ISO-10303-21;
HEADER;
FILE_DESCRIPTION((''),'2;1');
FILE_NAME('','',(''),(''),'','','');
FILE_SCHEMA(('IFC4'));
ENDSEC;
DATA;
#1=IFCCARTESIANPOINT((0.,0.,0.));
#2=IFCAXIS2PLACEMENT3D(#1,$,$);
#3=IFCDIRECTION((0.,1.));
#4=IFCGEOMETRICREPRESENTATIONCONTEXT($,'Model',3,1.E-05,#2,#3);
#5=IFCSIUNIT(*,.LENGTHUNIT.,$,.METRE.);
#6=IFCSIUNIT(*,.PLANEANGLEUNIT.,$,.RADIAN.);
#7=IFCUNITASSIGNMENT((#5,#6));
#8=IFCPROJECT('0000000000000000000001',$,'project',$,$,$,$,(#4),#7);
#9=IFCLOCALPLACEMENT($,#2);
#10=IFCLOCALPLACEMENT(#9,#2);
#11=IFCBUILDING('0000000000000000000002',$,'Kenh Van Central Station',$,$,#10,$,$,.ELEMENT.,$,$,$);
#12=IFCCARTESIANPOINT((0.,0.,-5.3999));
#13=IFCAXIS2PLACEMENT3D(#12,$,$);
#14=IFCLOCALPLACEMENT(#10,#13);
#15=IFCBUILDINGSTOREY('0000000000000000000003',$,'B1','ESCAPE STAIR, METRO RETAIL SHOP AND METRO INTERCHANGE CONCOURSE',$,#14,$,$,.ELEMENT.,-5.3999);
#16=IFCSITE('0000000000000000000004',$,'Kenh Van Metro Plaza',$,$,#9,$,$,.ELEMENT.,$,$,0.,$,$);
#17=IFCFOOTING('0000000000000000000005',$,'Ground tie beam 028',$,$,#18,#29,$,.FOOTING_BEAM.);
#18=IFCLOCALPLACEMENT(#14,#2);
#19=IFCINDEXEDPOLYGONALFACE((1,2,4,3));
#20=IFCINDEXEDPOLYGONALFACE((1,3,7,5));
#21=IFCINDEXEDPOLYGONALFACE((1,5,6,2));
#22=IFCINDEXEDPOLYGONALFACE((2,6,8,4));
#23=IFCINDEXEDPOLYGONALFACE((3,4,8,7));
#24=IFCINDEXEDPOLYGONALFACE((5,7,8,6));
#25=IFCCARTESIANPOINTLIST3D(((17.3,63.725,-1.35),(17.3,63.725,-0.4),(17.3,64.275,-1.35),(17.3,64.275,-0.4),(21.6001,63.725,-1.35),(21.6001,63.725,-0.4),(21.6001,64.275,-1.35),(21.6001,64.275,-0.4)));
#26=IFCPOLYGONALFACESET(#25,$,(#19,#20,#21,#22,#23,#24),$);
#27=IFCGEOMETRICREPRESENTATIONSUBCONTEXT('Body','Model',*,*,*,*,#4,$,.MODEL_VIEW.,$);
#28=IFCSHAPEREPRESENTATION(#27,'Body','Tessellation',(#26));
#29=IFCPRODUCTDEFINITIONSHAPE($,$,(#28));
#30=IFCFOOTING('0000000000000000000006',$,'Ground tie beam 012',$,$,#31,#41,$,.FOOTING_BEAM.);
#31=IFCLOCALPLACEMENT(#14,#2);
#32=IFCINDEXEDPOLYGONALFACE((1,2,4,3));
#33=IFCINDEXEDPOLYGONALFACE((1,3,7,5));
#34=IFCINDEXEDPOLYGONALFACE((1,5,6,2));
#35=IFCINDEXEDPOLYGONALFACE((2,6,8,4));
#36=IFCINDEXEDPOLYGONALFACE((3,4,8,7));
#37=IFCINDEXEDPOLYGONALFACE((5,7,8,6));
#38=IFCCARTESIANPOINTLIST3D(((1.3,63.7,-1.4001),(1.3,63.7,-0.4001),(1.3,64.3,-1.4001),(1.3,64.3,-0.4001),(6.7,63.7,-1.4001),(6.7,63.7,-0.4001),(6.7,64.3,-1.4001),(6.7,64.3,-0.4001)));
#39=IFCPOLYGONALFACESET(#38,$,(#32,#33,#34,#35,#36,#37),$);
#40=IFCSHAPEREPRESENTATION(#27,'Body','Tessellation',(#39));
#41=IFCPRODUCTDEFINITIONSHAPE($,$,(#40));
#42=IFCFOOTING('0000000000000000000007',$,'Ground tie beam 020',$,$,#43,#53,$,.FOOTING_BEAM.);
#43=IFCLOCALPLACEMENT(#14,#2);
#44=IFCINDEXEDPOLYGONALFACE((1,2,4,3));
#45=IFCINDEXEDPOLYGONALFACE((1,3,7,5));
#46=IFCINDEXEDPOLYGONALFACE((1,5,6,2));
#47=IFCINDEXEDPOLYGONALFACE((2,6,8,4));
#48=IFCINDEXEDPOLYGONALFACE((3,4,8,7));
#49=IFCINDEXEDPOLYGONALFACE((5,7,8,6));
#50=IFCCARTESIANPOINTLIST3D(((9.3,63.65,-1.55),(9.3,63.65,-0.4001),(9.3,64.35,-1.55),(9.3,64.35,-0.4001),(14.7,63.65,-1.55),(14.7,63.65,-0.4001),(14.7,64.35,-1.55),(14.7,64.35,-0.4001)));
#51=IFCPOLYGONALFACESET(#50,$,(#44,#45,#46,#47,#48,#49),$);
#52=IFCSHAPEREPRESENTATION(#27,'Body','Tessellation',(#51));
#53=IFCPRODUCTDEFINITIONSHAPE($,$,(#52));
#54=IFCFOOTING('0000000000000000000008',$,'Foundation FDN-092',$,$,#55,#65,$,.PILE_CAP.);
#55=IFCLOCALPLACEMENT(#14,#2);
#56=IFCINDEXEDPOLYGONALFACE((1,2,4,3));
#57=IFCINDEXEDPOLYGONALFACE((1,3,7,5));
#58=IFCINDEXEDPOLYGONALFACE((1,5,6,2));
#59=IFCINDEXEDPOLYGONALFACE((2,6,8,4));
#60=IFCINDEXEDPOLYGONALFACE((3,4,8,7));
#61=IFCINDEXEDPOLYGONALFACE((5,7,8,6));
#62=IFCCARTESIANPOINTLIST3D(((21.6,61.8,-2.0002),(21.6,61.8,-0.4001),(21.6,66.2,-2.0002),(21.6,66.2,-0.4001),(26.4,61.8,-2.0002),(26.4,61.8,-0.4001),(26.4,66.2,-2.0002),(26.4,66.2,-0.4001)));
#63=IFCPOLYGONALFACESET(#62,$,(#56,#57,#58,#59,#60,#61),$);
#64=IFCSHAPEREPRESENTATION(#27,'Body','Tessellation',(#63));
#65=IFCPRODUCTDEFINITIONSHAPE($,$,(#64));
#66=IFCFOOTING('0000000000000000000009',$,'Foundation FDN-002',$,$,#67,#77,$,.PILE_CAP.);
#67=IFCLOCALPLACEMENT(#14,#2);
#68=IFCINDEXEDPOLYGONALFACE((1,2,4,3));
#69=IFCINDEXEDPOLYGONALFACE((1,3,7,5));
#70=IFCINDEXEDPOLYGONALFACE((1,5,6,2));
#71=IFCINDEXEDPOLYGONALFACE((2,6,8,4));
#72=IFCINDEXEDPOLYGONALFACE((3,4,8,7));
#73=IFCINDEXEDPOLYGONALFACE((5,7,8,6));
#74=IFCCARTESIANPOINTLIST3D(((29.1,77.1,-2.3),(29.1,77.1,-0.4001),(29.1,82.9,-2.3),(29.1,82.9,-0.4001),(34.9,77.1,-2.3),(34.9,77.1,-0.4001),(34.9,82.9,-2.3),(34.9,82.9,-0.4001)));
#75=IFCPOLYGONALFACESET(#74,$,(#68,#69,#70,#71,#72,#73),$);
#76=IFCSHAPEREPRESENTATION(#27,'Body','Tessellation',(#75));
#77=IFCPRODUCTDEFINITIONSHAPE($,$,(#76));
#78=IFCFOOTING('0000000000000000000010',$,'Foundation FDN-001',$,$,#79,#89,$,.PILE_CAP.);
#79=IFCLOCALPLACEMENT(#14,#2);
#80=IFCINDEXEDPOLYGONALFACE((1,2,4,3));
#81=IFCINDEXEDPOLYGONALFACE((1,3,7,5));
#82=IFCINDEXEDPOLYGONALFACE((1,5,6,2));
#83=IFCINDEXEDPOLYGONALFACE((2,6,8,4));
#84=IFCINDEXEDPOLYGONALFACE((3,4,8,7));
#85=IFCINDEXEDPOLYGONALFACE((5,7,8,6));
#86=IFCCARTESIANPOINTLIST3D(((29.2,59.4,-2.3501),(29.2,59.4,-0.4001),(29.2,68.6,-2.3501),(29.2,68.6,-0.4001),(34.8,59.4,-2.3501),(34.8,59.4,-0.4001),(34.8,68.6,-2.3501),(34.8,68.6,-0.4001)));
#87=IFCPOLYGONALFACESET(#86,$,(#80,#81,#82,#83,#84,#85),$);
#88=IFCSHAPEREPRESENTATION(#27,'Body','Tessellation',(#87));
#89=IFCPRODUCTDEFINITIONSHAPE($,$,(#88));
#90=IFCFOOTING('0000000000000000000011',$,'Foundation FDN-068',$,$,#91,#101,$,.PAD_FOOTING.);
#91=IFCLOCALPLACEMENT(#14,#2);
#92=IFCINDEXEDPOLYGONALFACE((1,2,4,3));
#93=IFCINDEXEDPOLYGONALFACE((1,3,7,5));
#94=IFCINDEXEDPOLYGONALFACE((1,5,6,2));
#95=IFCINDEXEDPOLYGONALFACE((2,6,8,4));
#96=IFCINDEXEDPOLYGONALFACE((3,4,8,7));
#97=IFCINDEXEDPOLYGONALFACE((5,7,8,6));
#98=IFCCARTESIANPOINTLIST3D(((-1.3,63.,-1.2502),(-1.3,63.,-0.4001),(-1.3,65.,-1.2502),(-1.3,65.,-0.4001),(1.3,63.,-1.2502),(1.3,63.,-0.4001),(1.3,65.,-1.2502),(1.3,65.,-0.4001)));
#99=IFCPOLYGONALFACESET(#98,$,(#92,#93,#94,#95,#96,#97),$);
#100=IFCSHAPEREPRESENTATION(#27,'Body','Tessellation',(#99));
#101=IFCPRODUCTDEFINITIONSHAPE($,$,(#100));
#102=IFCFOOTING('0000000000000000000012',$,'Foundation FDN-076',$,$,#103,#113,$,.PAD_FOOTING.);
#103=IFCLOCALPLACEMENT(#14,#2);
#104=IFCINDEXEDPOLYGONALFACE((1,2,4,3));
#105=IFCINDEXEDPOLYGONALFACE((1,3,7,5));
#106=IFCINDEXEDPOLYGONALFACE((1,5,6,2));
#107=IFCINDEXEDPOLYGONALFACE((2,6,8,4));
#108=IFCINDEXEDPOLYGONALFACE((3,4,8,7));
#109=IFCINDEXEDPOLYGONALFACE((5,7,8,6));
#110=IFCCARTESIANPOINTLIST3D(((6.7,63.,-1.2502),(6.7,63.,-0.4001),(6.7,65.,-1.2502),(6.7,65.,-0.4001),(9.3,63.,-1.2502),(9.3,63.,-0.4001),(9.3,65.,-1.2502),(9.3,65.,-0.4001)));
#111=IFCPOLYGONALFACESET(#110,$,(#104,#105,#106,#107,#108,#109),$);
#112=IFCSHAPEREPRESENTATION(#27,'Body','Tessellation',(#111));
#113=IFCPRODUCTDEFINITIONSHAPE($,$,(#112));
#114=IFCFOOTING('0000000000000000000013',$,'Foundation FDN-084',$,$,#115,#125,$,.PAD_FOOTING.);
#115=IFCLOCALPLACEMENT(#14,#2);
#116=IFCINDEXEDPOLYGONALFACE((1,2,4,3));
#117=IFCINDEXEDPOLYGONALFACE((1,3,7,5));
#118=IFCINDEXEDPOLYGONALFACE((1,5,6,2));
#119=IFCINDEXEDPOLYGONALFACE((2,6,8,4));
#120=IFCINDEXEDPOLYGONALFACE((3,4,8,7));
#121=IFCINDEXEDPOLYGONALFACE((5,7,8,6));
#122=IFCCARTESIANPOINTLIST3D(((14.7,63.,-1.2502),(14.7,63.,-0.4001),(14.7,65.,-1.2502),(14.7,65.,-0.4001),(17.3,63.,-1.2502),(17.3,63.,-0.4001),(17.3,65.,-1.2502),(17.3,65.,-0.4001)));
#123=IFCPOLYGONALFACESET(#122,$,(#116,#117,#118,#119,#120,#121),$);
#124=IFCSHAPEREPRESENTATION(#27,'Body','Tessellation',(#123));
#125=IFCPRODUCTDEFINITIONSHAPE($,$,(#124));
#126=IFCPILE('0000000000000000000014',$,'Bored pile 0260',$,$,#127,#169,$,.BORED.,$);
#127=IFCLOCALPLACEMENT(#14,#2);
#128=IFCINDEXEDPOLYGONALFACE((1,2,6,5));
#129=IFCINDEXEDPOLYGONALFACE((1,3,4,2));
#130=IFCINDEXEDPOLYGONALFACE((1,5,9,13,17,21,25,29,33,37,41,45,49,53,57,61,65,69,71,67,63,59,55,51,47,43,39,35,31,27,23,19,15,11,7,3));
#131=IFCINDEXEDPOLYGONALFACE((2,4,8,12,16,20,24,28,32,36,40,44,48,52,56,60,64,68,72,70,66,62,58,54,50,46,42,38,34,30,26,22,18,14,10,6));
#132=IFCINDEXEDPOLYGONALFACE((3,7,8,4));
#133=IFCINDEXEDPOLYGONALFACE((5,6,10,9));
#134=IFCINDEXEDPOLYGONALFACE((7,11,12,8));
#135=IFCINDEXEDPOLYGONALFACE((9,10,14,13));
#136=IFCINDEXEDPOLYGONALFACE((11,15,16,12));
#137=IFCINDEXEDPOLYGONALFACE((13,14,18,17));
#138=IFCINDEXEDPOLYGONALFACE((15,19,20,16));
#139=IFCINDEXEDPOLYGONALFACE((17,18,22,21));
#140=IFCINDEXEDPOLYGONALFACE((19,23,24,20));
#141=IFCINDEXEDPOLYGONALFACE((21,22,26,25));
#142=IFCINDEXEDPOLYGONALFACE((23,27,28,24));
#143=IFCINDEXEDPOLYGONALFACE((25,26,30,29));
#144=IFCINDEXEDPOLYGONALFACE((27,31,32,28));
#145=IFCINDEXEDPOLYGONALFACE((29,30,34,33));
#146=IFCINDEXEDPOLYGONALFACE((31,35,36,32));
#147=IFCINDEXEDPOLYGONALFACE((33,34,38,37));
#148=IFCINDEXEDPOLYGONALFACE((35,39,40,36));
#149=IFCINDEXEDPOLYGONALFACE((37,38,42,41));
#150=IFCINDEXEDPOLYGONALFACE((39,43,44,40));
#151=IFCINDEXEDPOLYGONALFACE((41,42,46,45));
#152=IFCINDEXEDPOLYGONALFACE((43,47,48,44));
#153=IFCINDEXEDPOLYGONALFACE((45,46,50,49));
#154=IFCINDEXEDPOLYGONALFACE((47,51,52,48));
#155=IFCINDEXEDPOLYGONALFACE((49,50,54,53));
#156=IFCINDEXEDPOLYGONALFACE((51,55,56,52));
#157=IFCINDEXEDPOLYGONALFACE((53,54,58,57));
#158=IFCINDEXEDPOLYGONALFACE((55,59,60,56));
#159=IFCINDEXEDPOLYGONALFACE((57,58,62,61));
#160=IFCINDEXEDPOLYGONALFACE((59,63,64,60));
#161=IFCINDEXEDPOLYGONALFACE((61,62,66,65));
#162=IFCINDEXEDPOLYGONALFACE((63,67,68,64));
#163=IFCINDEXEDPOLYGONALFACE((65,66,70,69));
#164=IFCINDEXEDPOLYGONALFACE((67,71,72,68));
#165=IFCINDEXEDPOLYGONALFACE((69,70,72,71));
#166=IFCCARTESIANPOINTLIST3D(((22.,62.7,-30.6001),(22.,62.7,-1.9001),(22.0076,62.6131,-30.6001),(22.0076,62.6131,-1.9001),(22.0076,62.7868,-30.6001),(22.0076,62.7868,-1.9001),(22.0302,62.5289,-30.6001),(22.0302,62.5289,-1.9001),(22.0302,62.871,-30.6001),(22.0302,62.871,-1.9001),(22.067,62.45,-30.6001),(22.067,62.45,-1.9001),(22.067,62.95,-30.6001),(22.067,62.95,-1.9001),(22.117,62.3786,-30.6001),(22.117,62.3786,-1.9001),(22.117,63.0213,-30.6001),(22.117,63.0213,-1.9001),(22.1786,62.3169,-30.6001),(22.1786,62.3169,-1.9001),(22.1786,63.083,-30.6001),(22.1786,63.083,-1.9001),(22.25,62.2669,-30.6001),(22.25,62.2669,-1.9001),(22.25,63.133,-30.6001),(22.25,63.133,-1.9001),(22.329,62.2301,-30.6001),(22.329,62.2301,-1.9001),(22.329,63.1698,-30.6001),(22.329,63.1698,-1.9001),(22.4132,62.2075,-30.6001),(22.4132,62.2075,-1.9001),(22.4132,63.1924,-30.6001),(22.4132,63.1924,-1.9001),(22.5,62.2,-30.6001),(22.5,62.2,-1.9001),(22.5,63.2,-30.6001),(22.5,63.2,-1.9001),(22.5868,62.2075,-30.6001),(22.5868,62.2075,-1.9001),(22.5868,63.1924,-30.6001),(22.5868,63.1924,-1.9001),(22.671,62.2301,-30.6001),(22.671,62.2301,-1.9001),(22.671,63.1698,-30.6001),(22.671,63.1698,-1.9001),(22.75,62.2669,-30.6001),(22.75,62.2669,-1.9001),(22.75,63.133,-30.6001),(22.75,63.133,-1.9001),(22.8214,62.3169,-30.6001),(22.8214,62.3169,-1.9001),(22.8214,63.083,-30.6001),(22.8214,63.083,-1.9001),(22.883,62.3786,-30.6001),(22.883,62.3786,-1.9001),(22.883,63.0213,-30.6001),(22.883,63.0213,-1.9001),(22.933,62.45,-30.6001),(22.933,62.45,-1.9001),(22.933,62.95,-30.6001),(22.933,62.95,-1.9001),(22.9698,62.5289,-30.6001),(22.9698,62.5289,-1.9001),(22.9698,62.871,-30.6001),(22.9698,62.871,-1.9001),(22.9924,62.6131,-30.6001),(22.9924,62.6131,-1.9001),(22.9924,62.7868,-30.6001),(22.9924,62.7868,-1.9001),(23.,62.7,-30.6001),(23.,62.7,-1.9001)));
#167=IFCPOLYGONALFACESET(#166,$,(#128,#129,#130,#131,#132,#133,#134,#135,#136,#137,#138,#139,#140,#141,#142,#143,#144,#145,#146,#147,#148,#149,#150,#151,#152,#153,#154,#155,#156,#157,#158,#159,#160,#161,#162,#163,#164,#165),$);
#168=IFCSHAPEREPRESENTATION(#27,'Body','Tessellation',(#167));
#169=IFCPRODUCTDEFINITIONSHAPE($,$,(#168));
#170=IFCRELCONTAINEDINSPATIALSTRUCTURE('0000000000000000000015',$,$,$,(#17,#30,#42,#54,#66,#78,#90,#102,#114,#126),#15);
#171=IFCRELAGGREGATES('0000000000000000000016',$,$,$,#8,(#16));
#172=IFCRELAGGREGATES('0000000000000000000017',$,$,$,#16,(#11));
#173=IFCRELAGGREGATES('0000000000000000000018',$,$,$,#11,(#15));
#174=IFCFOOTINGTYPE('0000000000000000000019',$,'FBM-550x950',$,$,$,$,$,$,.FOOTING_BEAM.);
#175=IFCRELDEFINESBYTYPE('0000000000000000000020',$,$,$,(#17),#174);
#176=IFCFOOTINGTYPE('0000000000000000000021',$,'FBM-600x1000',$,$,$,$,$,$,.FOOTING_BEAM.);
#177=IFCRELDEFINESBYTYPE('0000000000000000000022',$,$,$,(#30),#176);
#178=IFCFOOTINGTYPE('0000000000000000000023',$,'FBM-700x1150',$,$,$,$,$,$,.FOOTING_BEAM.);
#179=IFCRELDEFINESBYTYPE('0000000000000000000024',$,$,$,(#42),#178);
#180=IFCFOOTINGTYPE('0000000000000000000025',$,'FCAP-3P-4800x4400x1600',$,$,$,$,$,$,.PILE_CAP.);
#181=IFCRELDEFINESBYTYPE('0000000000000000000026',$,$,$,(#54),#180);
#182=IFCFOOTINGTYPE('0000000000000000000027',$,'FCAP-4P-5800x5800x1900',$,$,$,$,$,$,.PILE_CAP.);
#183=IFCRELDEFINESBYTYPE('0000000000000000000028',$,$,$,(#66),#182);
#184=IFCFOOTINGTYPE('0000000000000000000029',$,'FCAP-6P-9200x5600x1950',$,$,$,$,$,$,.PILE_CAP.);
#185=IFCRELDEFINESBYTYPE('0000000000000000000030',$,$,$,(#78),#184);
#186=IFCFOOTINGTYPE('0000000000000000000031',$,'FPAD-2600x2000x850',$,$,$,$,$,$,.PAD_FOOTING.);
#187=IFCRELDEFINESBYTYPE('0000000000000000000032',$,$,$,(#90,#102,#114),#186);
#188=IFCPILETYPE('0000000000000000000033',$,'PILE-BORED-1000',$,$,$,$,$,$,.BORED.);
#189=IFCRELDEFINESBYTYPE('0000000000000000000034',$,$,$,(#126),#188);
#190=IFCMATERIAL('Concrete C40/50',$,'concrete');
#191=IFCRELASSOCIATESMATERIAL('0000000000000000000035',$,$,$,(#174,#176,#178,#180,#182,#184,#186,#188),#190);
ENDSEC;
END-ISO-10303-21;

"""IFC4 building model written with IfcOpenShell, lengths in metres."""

from ifc_helpers import new_model, si_unit, direction, frame, origin, origin_2d, place, context, subcontext, project, spatial, rectangle, circle, extrude, material, material_profile, profile_set, type_object, element, save


model = new_model("IFC4")

# Units and contexts
model_context = context("Model", 3, precision=1e-05, world=origin(), true_north=direction((0.0, 1.0)))
body_context = subcontext(model_context, "Body", "Model", "MODEL_VIEW")
ifc_project = project(units=[si_unit("LENGTHUNIT", "METRE"), si_unit("PLANEANGLEUNIT", "RADIAN")], contexts=[model_context])

# Site, building, storey
site_placement = place(None, origin())
site = spatial("IfcSite", under=ifc_project, at=site_placement, Name="Kenh Van Metro Plaza", CompositionType="ELEMENT", RefElevation=0.0)
building_placement = place(site_placement, origin())
building = spatial("IfcBuilding", under=site, at=building_placement, Name="Kenh Van Central Station", CompositionType="ELEMENT")
storey_placement = place(building_placement, frame((0.0, 0.0, -5.3999)))
storey = spatial("IfcBuildingStorey", under=building, at=storey_placement, Name="B1", Description="ESCAPE STAIR, METRO RETAIL SHOP AND METRO INTERCHANGE CONCOURSE", CompositionType="ELEMENT", Elevation=-5.3999)

# Footings
ifc_material_1 = material(Name="Concrete C40/50", Category="concrete")
ifc_material_profile_1 = material_profile(ifc_material_1, rectangle(XDim=0.55, YDim=0.95, at=origin_2d()), Name="RC 550x950")
ifc_profile_set_1 = profile_set([ifc_material_profile_1], Name="Concrete C40/50")
footing_type_1 = type_object("IfcFootingType", Name="FBM-550x950", PredefinedType="FOOTING_BEAM", material=ifc_profile_set_1)
footing_1_placement = place(storey_placement, frame((17.3, 64.0, -0.875), z_axis=(1.0, 0.0, 0.0), x_axis=(0.0, 1.0, 0.0)))
element("IfcFooting", 1, at=footing_1_placement, inside=storey, type_object=footing_type_1, Name="Ground tie beam 028", PredefinedType="FOOTING_BEAM", context=body_context, shape_type="SweptSolid", body=[
    extrude(rectangle(XDim=0.55, YDim=0.95, at=origin_2d()), origin(), (0.0, 0.0, 1.0), 4.3),
])
ifc_material_profile_2 = material_profile(ifc_material_1, rectangle(XDim=0.6001, YDim=1.0, at=origin_2d()), Name="RC 600x1000")
ifc_profile_set_2 = profile_set([ifc_material_profile_2], Name="Concrete C40/50")
footing_type_2 = type_object("IfcFootingType", Name="FBM-600x1000", PredefinedType="FOOTING_BEAM", material=ifc_profile_set_2)
footing_2_placement = place(storey_placement, frame((1.3, 64.0, -0.9001), z_axis=(1.0, 0.0, 0.0), x_axis=(0.0, 1.0, 0.0)))
element("IfcFooting", 2, at=footing_2_placement, inside=storey, type_object=footing_type_2, Name="Ground tie beam 012", PredefinedType="FOOTING_BEAM", context=body_context, shape_type="SweptSolid", body=[
    extrude(rectangle(XDim=0.6001, YDim=1.0, at=origin_2d()), origin(), (0.0, 0.0, 1.0), 5.3999),
])
ifc_material_profile_3 = material_profile(ifc_material_1, rectangle(XDim=0.7, YDim=1.1499, at=origin_2d()), Name="RC 700x1150")
ifc_profile_set_3 = profile_set([ifc_material_profile_3], Name="Concrete C40/50")
footing_type_3 = type_object("IfcFootingType", Name="FBM-700x1150", PredefinedType="FOOTING_BEAM", material=ifc_profile_set_3)
footing_3_placement = place(storey_placement, frame((9.3, 64.0, -0.9751), z_axis=(1.0, 0.0, 0.0), x_axis=(0.0, 1.0, 0.0)))
element("IfcFooting", 3, at=footing_3_placement, inside=storey, type_object=footing_type_3, Name="Ground tie beam 020", PredefinedType="FOOTING_BEAM", context=body_context, shape_type="SweptSolid", body=[
    extrude(rectangle(XDim=0.7, YDim=1.1499, at=origin_2d()), origin(), (0.0, 0.0, 1.0), 5.3999),
])
footing_type_4 = type_object("IfcFootingType", Name="FCAP-3P-4800x4400x1600", PredefinedType="PILE_CAP", material=ifc_material_1)
footing_4_placement = place(storey_placement, frame((24.0, 64.0, -2.0002), z_axis=(0.0, 0.0, 1.0), x_axis=(1.0, 0.0, 0.0)))
element("IfcFooting", 4, at=footing_4_placement, inside=storey, type_object=footing_type_4, Name="Foundation FDN-092", PredefinedType="PILE_CAP", context=body_context, shape_type="SweptSolid", body=[
    extrude(rectangle(XDim=4.8, YDim=4.3999, at=origin_2d()), origin(), (0.0, 0.0, 1.0), 1.6001),
])
footing_type_5 = type_object("IfcFootingType", Name="FCAP-4P-5800x5800x1900", PredefinedType="PILE_CAP", material=ifc_material_1)
footing_5_placement = place(storey_placement, frame((32.0, 80.0, -2.3), z_axis=(0.0, 0.0, 1.0), x_axis=(1.0, 0.0, 0.0)))
element("IfcFooting", 5, at=footing_5_placement, inside=storey, type_object=footing_type_5, Name="Foundation FDN-002", PredefinedType="PILE_CAP", context=body_context, shape_type="SweptSolid", body=[
    extrude(rectangle(XDim=5.8, YDim=5.8, at=origin_2d()), origin(), (0.0, 0.0, 1.0), 1.8999),
])
footing_type_6 = type_object("IfcFootingType", Name="FCAP-6P-9200x5600x1950", PredefinedType="PILE_CAP", material=ifc_material_1)
footing_6_placement = place(storey_placement, frame((32.0, 64.0, -2.3501), z_axis=(0.0, 0.0, 1.0), x_axis=(0.0, 1.0, 0.0)))
element("IfcFooting", 6, at=footing_6_placement, inside=storey, type_object=footing_type_6, Name="Foundation FDN-001", PredefinedType="PILE_CAP", context=body_context, shape_type="SweptSolid", body=[
    extrude(rectangle(XDim=9.2, YDim=5.6001, at=origin_2d()), origin(), (0.0, 0.0, 1.0), 1.95),
])
footing_type_7 = type_object("IfcFootingType", Name="FPAD-2600x2000x850", PredefinedType="PAD_FOOTING", material=ifc_material_1)
for number, where, z_axis, x_axis, name in (
    (7, (0.0, 64.0, -1.2502), (0.0, 0.0, 1.0), (1.0, 0.0, 0.0), "Foundation FDN-068"),
    (8, (8.0, 64.0, -1.2502), (0.0, 0.0, 1.0), (1.0, 0.0, 0.0), "Foundation FDN-076"),
    (9, (16.0, 64.0, -1.2502), (0.0, 0.0, 1.0), (1.0, 0.0, 0.0), "Foundation FDN-084"),
):
    element("IfcFooting", number, at=place(storey_placement, frame(where, z_axis=z_axis, x_axis=x_axis)), inside=storey, type_object=footing_type_7, Name=name, PredefinedType="PAD_FOOTING", context=body_context, shape_type="SweptSolid", body=[
        extrude(rectangle(XDim=2.6001, YDim=2.0, at=origin_2d()), origin(), (0.0, 0.0, 1.0), 0.8501),
    ])

# Pile
ifc_material_profile_4 = material_profile(ifc_material_1, circle(Radius=0.5, at=origin_2d()), Name="PILE D1000")
ifc_profile_set_4 = profile_set([ifc_material_profile_4], Name="Concrete C40/50")
pile_type_1 = type_object("IfcPileType", Name="PILE-BORED-1000", PredefinedType="BORED", material=ifc_profile_set_4)
for number, where, z_axis, x_axis, name in (
    (10, (22.5, 62.7, -1.9001), (0.0, 0.0, -1.0), (1.0, 0.0, 0.0), "Bored pile 0260"),
):
    element("IfcPile", number, at=place(storey_placement, frame(where, z_axis=z_axis, x_axis=x_axis)), inside=storey, type_object=pile_type_1, Name=name, PredefinedType="BORED", context=body_context, shape_type="SweptSolid", body=[
        extrude(circle(Radius=0.5, at=origin_2d()), origin(), (0.0, 0.0, 1.0), 28.7),
    ])

save(model, "model.ifc")
